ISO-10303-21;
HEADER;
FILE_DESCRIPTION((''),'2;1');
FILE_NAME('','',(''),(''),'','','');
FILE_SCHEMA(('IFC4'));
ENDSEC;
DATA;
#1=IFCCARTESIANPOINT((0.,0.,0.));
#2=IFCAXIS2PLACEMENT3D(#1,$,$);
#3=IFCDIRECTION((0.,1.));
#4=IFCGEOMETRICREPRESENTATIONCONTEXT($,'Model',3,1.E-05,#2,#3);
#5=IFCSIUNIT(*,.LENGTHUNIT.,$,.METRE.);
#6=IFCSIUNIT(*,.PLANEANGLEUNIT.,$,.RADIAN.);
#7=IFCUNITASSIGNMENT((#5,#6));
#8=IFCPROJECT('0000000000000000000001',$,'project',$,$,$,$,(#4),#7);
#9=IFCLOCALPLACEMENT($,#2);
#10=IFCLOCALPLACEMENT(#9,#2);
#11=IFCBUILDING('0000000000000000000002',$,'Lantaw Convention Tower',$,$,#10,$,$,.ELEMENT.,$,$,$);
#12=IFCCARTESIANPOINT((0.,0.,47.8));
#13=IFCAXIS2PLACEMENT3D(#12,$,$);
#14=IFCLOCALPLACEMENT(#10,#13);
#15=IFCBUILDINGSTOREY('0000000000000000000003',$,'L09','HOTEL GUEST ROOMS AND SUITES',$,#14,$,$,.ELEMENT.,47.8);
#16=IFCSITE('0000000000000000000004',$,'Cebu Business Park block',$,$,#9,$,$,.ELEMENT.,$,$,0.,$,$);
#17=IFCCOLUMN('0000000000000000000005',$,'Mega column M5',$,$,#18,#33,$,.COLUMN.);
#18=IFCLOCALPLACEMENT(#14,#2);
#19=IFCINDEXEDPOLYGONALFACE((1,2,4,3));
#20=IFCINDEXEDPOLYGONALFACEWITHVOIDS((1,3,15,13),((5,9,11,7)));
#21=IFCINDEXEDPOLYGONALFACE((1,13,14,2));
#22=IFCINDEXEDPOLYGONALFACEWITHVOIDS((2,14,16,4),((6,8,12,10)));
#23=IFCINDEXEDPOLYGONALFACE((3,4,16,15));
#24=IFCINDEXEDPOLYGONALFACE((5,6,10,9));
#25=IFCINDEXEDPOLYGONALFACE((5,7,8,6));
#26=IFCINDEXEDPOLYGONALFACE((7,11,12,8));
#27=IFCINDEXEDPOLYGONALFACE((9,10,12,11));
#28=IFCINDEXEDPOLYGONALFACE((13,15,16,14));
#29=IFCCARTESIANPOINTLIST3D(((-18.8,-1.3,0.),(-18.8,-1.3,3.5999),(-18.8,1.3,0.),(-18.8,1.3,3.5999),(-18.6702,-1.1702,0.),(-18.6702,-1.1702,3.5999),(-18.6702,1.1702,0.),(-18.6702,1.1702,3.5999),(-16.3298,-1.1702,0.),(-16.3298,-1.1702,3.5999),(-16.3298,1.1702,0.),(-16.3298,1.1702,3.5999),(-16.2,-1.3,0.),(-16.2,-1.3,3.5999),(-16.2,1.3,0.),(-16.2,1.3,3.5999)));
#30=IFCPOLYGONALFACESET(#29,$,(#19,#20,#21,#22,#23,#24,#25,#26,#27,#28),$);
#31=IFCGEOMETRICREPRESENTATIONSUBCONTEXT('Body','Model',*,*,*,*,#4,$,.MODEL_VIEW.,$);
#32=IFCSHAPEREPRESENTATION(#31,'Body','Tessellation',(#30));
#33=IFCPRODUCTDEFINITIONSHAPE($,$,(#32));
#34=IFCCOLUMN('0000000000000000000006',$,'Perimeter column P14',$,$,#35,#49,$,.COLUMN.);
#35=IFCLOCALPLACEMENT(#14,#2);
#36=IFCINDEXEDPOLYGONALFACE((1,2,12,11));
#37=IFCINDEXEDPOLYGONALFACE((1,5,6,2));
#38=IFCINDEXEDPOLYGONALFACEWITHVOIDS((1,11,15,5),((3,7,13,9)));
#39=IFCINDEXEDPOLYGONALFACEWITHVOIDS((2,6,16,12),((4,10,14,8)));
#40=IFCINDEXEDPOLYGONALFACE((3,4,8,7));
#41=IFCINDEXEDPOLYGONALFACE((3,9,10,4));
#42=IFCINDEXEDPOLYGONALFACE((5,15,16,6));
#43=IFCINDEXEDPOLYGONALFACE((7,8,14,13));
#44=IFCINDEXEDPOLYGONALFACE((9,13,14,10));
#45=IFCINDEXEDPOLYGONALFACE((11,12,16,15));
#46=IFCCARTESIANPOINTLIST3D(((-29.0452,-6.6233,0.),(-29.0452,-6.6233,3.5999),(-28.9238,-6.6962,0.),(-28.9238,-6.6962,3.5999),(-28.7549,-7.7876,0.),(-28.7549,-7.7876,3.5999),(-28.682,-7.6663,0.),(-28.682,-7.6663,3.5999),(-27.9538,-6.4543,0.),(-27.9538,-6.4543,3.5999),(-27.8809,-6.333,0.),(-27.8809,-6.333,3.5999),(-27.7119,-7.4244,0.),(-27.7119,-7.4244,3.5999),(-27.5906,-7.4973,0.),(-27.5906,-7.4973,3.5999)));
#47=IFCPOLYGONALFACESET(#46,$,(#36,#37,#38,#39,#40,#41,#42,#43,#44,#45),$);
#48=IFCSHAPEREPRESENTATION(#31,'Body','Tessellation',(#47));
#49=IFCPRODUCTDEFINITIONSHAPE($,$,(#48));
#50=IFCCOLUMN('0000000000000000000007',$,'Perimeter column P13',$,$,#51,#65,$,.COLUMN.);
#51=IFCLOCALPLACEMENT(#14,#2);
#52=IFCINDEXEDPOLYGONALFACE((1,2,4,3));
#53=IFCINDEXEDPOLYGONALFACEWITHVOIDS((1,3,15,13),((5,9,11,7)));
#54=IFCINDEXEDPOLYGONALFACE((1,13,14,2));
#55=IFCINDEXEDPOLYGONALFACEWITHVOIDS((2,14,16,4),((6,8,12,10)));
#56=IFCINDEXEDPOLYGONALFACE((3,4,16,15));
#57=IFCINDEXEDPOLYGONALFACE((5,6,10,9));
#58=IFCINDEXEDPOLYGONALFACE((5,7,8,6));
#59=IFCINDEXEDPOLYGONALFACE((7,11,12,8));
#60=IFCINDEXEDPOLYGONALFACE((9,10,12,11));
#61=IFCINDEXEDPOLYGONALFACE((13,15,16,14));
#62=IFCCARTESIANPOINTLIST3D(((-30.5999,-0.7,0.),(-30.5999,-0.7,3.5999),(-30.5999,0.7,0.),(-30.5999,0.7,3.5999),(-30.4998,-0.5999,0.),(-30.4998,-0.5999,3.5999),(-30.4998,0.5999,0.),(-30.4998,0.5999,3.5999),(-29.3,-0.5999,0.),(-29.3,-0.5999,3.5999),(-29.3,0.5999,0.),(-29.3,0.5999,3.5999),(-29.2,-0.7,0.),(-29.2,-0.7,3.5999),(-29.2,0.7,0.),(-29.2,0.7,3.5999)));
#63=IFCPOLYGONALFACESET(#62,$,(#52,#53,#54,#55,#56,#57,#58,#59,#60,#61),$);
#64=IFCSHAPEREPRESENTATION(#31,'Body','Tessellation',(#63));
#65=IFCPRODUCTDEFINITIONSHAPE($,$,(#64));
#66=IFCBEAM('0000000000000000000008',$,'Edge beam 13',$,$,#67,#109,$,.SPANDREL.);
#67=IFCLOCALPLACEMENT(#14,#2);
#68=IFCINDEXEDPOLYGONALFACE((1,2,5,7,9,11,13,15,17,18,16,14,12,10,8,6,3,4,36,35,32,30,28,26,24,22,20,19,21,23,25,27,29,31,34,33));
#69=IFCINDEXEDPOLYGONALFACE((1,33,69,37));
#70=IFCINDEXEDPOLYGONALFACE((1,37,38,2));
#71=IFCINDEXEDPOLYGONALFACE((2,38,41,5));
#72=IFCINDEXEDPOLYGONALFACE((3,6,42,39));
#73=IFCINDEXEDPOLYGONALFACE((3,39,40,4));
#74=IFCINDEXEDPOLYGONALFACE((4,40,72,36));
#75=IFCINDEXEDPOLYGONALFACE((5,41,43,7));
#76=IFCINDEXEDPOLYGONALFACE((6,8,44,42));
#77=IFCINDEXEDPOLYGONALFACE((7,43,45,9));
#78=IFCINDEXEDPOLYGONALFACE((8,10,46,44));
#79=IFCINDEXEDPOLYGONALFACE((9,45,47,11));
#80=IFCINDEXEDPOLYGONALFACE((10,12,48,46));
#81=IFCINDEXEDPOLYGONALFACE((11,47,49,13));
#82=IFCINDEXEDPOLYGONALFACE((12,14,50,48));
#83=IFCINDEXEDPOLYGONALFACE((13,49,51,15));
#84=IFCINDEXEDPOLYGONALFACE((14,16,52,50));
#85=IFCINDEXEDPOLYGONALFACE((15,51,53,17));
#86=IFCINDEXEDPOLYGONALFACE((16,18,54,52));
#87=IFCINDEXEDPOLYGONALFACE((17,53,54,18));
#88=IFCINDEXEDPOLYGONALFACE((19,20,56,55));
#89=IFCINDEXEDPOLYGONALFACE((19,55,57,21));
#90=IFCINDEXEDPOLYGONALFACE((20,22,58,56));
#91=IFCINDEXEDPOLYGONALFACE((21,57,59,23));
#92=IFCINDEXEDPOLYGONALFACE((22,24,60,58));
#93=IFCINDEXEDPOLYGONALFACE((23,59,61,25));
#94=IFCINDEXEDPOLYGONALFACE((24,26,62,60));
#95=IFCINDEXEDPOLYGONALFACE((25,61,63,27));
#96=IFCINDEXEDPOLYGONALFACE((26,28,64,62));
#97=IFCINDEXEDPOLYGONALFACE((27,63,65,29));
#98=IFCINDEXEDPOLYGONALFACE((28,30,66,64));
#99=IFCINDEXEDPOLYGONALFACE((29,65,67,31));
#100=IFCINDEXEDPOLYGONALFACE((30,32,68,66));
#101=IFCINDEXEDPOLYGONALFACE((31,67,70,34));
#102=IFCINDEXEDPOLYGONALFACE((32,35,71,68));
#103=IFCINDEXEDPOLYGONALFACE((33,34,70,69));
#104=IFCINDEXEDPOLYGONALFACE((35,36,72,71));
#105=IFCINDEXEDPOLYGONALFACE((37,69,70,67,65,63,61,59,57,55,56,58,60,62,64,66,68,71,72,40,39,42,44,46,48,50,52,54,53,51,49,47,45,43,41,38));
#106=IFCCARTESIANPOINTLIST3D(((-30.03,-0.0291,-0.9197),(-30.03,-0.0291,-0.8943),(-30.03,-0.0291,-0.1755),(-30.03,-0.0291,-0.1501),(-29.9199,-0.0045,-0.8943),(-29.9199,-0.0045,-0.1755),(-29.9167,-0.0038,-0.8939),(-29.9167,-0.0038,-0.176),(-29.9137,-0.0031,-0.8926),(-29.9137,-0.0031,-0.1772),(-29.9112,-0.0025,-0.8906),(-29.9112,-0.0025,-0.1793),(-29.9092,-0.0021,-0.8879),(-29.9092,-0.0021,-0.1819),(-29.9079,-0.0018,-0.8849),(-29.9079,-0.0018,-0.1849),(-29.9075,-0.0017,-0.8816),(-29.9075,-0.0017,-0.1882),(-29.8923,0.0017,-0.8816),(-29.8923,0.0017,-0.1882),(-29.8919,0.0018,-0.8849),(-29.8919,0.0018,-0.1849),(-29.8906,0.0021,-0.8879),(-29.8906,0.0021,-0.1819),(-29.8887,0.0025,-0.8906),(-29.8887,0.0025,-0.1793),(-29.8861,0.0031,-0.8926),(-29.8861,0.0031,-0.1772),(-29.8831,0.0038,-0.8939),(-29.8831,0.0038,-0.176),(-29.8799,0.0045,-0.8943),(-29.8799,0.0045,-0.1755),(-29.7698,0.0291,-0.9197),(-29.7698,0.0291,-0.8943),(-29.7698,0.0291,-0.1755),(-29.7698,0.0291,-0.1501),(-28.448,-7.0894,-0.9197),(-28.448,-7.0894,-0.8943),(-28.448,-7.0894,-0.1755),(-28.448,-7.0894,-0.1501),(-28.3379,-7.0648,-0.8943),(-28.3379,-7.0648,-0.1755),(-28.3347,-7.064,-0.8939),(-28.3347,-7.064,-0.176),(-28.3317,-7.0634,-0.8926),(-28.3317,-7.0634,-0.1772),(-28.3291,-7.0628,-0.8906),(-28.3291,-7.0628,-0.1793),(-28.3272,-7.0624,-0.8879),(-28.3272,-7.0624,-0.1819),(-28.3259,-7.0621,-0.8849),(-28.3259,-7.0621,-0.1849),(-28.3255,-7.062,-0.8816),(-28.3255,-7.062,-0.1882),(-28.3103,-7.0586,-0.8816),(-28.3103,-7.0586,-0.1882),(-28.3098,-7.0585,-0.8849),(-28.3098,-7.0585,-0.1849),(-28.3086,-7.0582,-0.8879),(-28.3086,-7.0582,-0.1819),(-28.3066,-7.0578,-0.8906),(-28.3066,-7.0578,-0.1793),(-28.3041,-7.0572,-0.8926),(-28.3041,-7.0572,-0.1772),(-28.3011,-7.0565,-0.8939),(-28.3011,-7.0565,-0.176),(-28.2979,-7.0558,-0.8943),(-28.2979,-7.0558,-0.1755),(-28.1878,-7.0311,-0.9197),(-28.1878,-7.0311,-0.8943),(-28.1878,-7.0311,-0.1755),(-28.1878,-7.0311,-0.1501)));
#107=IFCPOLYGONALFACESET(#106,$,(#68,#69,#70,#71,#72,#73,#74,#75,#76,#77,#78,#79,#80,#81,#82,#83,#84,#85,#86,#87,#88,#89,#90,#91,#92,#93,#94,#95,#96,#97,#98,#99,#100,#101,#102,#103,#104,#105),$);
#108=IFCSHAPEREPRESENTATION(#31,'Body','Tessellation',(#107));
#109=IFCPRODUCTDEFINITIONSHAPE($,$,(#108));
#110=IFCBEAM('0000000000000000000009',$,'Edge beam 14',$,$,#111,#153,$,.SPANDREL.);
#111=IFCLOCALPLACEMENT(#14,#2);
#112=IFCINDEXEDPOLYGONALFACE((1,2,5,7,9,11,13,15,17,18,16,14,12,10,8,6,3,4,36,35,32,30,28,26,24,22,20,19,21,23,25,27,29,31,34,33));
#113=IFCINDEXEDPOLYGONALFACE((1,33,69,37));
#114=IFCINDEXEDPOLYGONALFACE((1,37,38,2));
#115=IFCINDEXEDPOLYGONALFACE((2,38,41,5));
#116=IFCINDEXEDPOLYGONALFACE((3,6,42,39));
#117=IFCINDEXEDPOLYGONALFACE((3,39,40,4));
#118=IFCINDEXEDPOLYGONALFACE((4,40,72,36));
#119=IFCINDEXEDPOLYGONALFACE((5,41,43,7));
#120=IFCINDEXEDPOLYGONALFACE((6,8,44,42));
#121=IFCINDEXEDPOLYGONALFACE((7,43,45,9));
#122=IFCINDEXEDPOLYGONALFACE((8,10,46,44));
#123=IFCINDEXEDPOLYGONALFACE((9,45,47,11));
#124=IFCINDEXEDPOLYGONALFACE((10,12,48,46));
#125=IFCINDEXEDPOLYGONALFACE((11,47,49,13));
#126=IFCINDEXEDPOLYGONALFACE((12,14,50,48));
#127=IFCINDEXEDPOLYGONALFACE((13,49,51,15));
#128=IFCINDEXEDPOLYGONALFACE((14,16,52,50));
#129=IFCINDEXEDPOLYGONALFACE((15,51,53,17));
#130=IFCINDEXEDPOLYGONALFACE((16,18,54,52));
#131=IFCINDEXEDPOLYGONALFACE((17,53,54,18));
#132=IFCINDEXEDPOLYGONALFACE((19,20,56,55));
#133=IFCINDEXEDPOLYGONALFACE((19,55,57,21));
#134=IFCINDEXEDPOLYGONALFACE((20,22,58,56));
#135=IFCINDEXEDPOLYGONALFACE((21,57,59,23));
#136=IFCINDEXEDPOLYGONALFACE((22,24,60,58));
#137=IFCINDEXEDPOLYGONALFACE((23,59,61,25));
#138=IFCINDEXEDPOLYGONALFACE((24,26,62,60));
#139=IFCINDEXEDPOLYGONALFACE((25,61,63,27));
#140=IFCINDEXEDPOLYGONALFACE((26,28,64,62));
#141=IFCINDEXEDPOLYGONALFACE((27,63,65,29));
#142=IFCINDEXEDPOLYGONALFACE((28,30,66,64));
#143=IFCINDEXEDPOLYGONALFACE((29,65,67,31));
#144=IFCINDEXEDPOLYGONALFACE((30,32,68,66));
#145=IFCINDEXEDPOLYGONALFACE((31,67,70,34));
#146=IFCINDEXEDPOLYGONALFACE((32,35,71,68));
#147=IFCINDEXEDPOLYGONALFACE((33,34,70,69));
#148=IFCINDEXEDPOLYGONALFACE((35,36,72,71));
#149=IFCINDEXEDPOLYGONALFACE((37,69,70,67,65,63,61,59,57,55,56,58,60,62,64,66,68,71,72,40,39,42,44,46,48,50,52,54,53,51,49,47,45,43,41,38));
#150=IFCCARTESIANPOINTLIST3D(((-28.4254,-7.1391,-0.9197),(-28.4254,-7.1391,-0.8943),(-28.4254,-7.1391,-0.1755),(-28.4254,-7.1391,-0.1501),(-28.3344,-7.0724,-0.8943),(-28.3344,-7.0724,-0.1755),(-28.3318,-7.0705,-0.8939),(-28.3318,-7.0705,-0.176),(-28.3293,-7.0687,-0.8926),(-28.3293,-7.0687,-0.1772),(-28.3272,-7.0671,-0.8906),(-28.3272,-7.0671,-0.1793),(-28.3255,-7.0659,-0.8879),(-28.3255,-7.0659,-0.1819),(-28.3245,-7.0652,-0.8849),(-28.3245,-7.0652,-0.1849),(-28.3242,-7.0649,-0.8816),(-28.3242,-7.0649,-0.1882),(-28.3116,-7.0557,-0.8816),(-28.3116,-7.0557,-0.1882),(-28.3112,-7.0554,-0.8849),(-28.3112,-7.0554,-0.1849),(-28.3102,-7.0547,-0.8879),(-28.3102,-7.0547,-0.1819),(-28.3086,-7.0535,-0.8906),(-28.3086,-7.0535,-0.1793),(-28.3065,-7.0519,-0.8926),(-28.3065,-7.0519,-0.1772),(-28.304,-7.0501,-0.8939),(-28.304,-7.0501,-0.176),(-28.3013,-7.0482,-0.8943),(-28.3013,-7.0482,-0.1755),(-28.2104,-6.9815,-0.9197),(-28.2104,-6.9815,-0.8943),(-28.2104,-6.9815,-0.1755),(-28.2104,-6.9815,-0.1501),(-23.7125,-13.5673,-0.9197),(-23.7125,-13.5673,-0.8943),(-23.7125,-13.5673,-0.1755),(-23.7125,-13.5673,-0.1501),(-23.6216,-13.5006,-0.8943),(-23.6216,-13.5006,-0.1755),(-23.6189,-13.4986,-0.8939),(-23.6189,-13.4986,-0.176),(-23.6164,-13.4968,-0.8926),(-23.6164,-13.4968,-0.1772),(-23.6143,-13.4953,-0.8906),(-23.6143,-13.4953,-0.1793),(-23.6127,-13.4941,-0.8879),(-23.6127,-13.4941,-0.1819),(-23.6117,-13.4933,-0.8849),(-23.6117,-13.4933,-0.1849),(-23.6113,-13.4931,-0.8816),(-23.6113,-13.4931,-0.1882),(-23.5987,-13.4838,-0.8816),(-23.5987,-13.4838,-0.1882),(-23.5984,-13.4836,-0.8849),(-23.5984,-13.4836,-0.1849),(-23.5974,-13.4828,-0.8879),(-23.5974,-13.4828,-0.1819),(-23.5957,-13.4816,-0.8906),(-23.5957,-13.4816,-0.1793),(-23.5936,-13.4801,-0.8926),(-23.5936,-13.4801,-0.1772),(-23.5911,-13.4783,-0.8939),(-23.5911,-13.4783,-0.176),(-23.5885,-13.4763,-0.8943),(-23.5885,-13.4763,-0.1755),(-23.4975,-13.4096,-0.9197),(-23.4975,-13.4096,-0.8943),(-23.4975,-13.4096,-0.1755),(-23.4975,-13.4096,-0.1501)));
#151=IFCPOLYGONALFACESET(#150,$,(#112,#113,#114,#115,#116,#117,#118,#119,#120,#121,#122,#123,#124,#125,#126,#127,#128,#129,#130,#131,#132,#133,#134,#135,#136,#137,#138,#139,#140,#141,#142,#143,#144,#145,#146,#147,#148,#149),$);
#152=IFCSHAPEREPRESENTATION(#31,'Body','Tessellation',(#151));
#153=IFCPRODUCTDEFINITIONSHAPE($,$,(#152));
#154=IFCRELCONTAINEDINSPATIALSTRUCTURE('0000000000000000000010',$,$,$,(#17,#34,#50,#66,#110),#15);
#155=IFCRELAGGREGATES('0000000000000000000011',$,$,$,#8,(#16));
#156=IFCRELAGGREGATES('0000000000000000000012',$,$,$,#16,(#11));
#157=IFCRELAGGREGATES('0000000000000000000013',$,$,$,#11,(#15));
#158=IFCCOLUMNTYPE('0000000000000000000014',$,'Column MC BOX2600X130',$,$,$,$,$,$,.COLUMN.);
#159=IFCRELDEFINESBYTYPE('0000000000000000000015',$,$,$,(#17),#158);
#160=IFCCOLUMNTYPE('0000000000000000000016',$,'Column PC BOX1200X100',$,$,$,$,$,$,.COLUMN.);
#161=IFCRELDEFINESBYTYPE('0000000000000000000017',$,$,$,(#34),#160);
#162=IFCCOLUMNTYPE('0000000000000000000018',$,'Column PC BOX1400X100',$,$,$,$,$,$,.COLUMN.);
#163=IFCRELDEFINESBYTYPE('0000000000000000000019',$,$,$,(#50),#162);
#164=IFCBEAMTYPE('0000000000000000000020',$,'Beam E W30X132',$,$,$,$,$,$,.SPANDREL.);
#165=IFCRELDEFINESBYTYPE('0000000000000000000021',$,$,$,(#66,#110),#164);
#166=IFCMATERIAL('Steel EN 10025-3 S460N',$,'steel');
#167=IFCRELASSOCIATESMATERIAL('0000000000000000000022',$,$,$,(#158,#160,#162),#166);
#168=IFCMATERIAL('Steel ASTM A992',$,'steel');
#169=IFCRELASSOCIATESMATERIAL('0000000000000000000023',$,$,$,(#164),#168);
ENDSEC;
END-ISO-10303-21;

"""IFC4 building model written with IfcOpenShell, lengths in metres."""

from ifc_helpers import new_model, si_unit, direction, frame, origin, origin_2d, place, context, subcontext, project, spatial, rectangle, hollow_rectangle, i_section, extrude, material, material_profile, profile_set, type_object, element, save


model = new_model("IFC4")

# Units and contexts
model_context = context("Model", 3, precision=1e-05, world=origin(), true_north=direction((0.0, 1.0)))
body_context = subcontext(model_context, "Body", "Model", "MODEL_VIEW")
ifc_project = project(units=[si_unit("LENGTHUNIT", "METRE"), si_unit("PLANEANGLEUNIT", "RADIAN")], contexts=[model_context])

# Site, building, storey
site_placement = place(None, origin())
site = spatial("IfcSite", under=ifc_project, at=site_placement, Name="Cebu Business Park block", CompositionType="ELEMENT", RefElevation=0.0)
building_placement = place(site_placement, origin())
building = spatial("IfcBuilding", under=site, at=building_placement, Name="Lantaw Convention Tower", CompositionType="ELEMENT")
storey_placement = place(building_placement, frame((0.0, 0.0, 47.8)))
storey = spatial("IfcBuildingStorey", under=building, at=storey_placement, Name="L09", Description="HOTEL GUEST ROOMS AND SUITES", CompositionType="ELEMENT", Elevation=47.8)

# Columns
ifc_material_1 = material(Name="Steel EN 10025-3 S460N", Category="steel")
ifc_material_profile_1 = material_profile(ifc_material_1, hollow_rectangle(XDim=2.6001, YDim=2.6001, WallThickness=0.1299, at=origin_2d()), Name="BOX2600X130")
ifc_material_2 = material(Name="Concrete C60/75", Category="concrete")
ifc_material_profile_2 = material_profile(ifc_material_2, rectangle(XDim=2.3401, YDim=2.3401, at=origin_2d()), Name="Concrete fill of BOX2600X130")
ifc_profile_set_1 = profile_set([ifc_material_profile_1, ifc_material_profile_2], Name="Steel EN 10025-3 S460N")
column_type_1 = type_object("IfcColumnType", Name="Column MC BOX2600X130", PredefinedType="COLUMN", material=ifc_profile_set_1)
column_1_placement = place(storey_placement, frame((-17.5, 0.0, 0.0), z_axis=(0.0, 0.0, 1.0), x_axis=(1.0, 0.0, 0.0)))
element("IfcColumn", 1, at=column_1_placement, inside=storey, type_object=column_type_1, Name="Mega column M5", PredefinedType="COLUMN", context=body_context, shape_type="SweptSolid", body=[
    extrude(hollow_rectangle(XDim=2.6001, YDim=2.6001, WallThickness=0.1299, at=origin_2d()), origin(), (0.0, 0.0, 1.0), 3.5999),
])
ifc_material_profile_3 = material_profile(ifc_material_1, hollow_rectangle(XDim=1.2, YDim=1.2, WallThickness=0.1001, at=origin_2d()), Name="BOX1200X100")
ifc_material_profile_4 = material_profile(ifc_material_2, rectangle(XDim=1.0, YDim=1.0, at=origin_2d()), Name="Concrete fill of BOX1200X100")
ifc_profile_set_2 = profile_set([ifc_material_profile_3, ifc_material_profile_4], Name="Steel EN 10025-3 S460N")
column_type_2 = type_object("IfcColumnType", Name="Column PC BOX1200X100", PredefinedType="COLUMN", material=ifc_profile_set_2)
column_2_placement = place(storey_placement, frame((-28.3179, -7.0603, 0.0), z_axis=(0.0, 0.0, 1.0), x_axis=(0.970296, 0.241922, 0.0)))
element("IfcColumn", 2, at=column_2_placement, inside=storey, type_object=column_type_2, Name="Perimeter column P14", PredefinedType="COLUMN", context=body_context, shape_type="SweptSolid", body=[
    extrude(hollow_rectangle(XDim=1.2, YDim=1.2, WallThickness=0.1001, at=origin_2d()), origin(), (0.0, 0.0, 1.0), 3.5999),
])
ifc_material_profile_5 = material_profile(ifc_material_1, hollow_rectangle(XDim=1.3999, YDim=1.3999, WallThickness=0.1001, at=origin_2d()), Name="BOX1400X100")
ifc_material_profile_6 = material_profile(ifc_material_2, rectangle(XDim=1.2, YDim=1.2, at=origin_2d()), Name="Concrete fill of BOX1400X100")
ifc_profile_set_3 = profile_set([ifc_material_profile_5, ifc_material_profile_6], Name="Steel EN 10025-3 S460N")
column_type_3 = type_object("IfcColumnType", Name="Column PC BOX1400X100", PredefinedType="COLUMN", material=ifc_profile_set_3)
column_3_placement = place(storey_placement, frame((-29.8999, 0.0, 0.0), z_axis=(0.0, 0.0, 1.0), x_axis=(1.0, 0.0, 0.0)))
element("IfcColumn", 3, at=column_3_placement, inside=storey, type_object=column_type_3, Name="Perimeter column P13", PredefinedType="COLUMN", context=body_context, shape_type="SweptSolid", body=[
    extrude(hollow_rectangle(XDim=1.3999, YDim=1.3999, WallThickness=0.1001, at=origin_2d()), origin(), (0.0, 0.0, 1.0), 3.5999),
])

# Beams
ifc_material_3 = material(Name="Steel ASTM A992", Category="steel")
ifc_material_profile_7 = material_profile(ifc_material_3, i_section(OverallWidth=0.2666, OverallDepth=0.7695, WebThickness=0.0156, FlangeThickness=0.0254, FilletRadius=0.0127, at=origin_2d()), Name="W30X132")
ifc_profile_set_4 = profile_set([ifc_material_profile_7], Name="Steel ASTM A992")
beam_type_1 = type_object("IfcBeamType", Name="Beam E W30X132", PredefinedType="SPANDREL", material=ifc_profile_set_4)
beam_1_placement = place(storey_placement, frame((-29.8999, 0.0, -0.5349), z_axis=(0.218652, -0.975803, 0.0), x_axis=(0.975803, 0.218652, 0.0)))
element("IfcBeam", 4, at=beam_1_placement, inside=storey, type_object=beam_type_1, Name="Edge beam 13", PredefinedType="SPANDREL", context=body_context, shape_type="SweptSolid", body=[
    extrude(i_section(OverallWidth=0.2666, OverallDepth=0.7695, WebThickness=0.0156, FlangeThickness=0.0254, FilletRadius=0.0127, at=origin_2d()), origin(), (0.0, 0.0, 1.0), 7.2354),
])
beam_2_placement = place(storey_placement, frame((-28.3179, -7.0603, -0.5349), z_axis=(0.591271, -0.806473, 0.0), x_axis=(0.806473, 0.591271, 0.0)))
element("IfcBeam", 5, at=beam_2_placement, inside=storey, type_object=beam_type_1, Name="Edge beam 14", PredefinedType="SPANDREL", context=body_context, shape_type="SweptSolid", body=[
    extrude(i_section(OverallWidth=0.2666, OverallDepth=0.7695, WebThickness=0.0156, FlangeThickness=0.0254, FilletRadius=0.0127, at=origin_2d()), origin(), (0.0, 0.0, 1.0), 7.9707),
])

save(model, "model.ifc")
